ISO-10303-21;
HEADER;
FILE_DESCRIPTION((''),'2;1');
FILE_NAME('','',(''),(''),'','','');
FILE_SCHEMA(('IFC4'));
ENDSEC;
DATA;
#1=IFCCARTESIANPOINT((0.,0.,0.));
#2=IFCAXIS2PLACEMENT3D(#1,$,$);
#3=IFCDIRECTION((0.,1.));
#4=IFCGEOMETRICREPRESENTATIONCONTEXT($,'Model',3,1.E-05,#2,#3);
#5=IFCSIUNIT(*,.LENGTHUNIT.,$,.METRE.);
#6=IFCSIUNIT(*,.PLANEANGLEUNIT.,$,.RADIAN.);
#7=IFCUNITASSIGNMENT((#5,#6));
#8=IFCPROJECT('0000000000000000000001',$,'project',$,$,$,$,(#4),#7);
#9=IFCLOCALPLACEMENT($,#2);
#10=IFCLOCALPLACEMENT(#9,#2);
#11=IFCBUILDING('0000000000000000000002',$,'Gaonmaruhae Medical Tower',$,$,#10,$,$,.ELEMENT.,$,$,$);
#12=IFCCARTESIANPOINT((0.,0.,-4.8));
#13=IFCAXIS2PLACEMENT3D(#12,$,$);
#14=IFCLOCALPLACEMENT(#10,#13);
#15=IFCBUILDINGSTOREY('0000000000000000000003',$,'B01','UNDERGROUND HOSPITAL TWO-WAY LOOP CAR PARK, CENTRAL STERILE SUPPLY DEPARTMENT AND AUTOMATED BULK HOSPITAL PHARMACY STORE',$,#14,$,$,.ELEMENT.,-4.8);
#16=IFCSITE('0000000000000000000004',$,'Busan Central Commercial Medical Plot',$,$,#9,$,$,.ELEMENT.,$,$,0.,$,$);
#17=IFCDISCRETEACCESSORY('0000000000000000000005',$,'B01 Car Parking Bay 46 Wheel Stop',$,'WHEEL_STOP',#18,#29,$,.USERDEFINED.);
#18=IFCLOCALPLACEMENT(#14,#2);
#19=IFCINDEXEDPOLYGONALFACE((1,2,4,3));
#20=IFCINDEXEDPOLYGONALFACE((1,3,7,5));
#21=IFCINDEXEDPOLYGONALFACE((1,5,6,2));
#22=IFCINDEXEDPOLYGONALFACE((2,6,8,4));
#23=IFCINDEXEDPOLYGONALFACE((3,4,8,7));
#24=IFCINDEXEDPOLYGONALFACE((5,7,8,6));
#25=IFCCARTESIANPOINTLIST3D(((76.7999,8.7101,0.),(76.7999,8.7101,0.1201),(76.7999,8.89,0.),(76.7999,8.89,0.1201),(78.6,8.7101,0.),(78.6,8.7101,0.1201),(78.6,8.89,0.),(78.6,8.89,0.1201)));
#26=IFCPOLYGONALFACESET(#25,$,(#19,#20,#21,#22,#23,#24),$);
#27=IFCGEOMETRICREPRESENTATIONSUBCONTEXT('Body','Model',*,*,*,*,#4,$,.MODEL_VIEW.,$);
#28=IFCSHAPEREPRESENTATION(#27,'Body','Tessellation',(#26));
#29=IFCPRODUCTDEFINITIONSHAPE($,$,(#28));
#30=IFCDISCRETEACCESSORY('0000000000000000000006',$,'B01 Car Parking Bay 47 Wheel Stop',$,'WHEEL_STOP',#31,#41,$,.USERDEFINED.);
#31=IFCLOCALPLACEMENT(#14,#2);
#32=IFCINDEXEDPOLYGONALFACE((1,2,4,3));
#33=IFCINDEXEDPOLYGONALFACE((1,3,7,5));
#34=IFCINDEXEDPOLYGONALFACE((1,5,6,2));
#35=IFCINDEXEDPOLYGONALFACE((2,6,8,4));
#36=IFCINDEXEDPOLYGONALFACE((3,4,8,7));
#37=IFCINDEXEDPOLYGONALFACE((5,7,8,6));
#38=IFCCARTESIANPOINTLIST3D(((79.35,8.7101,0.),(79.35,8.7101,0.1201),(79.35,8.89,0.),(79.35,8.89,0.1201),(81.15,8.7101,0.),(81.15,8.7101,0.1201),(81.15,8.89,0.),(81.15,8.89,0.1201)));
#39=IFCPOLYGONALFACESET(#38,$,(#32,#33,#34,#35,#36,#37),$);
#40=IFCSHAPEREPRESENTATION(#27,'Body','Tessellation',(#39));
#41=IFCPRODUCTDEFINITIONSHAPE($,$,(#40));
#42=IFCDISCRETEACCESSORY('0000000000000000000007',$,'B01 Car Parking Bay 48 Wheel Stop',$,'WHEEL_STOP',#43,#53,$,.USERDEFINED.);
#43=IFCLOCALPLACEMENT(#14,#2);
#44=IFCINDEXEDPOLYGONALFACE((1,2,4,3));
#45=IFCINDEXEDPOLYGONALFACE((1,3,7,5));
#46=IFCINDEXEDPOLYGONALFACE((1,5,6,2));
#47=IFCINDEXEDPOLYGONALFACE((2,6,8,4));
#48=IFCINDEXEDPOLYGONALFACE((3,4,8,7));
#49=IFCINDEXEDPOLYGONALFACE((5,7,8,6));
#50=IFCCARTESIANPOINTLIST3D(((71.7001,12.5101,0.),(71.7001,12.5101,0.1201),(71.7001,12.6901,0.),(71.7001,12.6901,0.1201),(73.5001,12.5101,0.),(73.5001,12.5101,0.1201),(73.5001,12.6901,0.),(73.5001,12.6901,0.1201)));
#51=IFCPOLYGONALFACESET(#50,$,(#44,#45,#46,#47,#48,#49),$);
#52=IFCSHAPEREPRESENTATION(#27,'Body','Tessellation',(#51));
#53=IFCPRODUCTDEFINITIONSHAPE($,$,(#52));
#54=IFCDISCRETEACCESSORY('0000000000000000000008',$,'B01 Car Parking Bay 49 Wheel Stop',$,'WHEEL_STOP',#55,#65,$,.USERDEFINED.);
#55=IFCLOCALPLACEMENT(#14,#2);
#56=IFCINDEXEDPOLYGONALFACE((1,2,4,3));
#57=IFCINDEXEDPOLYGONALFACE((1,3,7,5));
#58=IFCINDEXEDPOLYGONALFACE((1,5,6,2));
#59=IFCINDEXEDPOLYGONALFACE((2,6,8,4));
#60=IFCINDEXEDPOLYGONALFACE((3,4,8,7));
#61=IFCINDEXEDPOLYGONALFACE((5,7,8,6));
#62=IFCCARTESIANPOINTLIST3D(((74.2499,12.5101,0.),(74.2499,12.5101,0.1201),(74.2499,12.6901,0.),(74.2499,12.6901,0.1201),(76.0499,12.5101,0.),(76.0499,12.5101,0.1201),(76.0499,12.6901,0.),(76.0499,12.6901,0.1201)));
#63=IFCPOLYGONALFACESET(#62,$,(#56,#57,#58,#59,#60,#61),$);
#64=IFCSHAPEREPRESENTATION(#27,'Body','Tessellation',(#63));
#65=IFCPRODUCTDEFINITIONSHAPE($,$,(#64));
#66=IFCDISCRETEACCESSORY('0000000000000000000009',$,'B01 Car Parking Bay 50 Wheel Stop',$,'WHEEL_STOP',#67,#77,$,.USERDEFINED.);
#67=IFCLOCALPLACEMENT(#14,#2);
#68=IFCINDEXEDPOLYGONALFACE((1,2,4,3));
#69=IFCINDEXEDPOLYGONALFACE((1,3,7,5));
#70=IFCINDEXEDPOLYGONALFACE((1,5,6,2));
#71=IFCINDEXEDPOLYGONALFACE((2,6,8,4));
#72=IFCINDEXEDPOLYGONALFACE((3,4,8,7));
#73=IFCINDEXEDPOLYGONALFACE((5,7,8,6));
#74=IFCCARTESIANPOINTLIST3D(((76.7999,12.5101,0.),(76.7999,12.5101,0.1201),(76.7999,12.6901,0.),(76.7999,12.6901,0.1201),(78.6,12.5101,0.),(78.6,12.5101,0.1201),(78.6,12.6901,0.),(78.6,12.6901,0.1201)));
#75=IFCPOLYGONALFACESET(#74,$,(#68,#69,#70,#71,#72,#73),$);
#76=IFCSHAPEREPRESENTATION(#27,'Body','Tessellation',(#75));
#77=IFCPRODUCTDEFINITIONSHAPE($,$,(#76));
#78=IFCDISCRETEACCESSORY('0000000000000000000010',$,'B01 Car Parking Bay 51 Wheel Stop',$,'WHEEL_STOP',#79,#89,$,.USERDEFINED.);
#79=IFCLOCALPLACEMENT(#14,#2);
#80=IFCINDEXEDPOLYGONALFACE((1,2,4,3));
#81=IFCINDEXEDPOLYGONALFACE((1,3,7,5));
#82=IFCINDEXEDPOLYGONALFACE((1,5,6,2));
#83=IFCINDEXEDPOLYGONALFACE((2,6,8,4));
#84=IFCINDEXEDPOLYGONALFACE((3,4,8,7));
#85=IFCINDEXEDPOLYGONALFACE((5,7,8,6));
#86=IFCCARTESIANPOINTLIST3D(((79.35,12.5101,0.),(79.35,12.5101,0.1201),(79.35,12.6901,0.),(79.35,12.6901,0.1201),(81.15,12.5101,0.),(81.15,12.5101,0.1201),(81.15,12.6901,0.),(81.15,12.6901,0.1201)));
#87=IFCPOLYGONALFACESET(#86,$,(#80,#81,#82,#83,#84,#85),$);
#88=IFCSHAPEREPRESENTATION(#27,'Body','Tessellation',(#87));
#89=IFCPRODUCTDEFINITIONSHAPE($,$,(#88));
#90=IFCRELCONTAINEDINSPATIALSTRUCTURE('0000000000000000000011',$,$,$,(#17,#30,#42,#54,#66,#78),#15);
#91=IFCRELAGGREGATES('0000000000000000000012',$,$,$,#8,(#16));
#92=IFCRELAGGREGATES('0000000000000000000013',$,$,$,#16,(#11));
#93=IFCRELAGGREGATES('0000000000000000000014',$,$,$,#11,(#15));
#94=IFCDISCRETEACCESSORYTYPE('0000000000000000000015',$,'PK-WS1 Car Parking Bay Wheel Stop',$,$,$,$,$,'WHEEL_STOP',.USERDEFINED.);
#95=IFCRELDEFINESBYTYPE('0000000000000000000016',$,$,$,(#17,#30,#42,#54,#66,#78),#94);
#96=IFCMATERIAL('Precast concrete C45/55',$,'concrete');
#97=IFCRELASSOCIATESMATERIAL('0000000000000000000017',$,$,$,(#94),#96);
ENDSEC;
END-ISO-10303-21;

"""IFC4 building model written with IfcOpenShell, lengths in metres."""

from ifc_helpers import new_model, si_unit, direction, frame, origin, origin_2d, place, context, subcontext, project, spatial, rectangle, extrude, material, type_object, element, save


model = new_model("IFC4")

# Units and contexts
model_context = context("Model", 3, precision=1e-05, world=origin(), true_north=direction((0.0, 1.0)))
body_context = subcontext(model_context, "Body", "Model", "MODEL_VIEW")
ifc_project = project(units=[si_unit("LENGTHUNIT", "METRE"), si_unit("PLANEANGLEUNIT", "RADIAN")], contexts=[model_context])

# Site, building, storey
site_placement = place(None, origin())
site = spatial("IfcSite", under=ifc_project, at=site_placement, Name="Busan Central Commercial Medical Plot", CompositionType="ELEMENT", RefElevation=0.0)
building_placement = place(site_placement, origin())
building = spatial("IfcBuilding", under=site, at=building_placement, Name="Gaonmaruhae Medical Tower", CompositionType="ELEMENT")
storey_placement = place(building_placement, frame((0.0, 0.0, -4.8)))
storey = spatial("IfcBuildingStorey", under=building, at=storey_placement, Name="B01", Description="UNDERGROUND HOSPITAL TWO-WAY LOOP CAR PARK, CENTRAL STERILE SUPPLY DEPARTMENT AND AUTOMATED BULK HOSPITAL PHARMACY STORE", CompositionType="ELEMENT", Elevation=-4.8)

# Discrete accessories
ifc_material_1 = material(Name="Precast concrete C45/55", Category="concrete")
discrete_accessory_type = type_object("IfcDiscreteAccessoryType", Name="PK-WS1 Car Parking Bay Wheel Stop", ElementType="WHEEL_STOP", PredefinedType="USERDEFINED", material=ifc_material_1)
for number, where, z_axis, x_axis, name in (
    (1, (77.7, 8.8, 0.0), (0.0, 0.0, 1.0), (1.0, 0.0, 0.0), "B01 Car Parking Bay 46 Wheel Stop"),
    (2, (80.25, 8.8, 0.0), (0.0, 0.0, 1.0), (1.0, 0.0, 0.0), "B01 Car Parking Bay 47 Wheel Stop"),
    (3, (72.6001, 12.6001, 0.0), (0.0, 0.0, 1.0), (1.0, 0.0, 0.0), "B01 Car Parking Bay 48 Wheel Stop"),
    (4, (75.1499, 12.6001, 0.0), (0.0, 0.0, 1.0), (1.0, 0.0, 0.0), "B01 Car Parking Bay 49 Wheel Stop"),
    (5, (77.7, 12.6001, 0.0), (0.0, 0.0, 1.0), (1.0, 0.0, 0.0), "B01 Car Parking Bay 50 Wheel Stop"),
    (6, (80.25, 12.6001, 0.0), (0.0, 0.0, 1.0), (1.0, 0.0, 0.0), "B01 Car Parking Bay 51 Wheel Stop"),
):
    element("IfcDiscreteAccessory", number, at=place(storey_placement, frame(where, z_axis=z_axis, x_axis=x_axis)), inside=storey, type_object=discrete_accessory_type, Name=name, ObjectType="WHEEL_STOP", PredefinedType="USERDEFINED", context=body_context, shape_type="SweptSolid", body=[
        extrude(rectangle(XDim=1.8, YDim=0.1799, at=origin_2d()), origin(), (0.0, 0.0, 1.0), 0.1201),
    ])

save(model, "model.ifc")
